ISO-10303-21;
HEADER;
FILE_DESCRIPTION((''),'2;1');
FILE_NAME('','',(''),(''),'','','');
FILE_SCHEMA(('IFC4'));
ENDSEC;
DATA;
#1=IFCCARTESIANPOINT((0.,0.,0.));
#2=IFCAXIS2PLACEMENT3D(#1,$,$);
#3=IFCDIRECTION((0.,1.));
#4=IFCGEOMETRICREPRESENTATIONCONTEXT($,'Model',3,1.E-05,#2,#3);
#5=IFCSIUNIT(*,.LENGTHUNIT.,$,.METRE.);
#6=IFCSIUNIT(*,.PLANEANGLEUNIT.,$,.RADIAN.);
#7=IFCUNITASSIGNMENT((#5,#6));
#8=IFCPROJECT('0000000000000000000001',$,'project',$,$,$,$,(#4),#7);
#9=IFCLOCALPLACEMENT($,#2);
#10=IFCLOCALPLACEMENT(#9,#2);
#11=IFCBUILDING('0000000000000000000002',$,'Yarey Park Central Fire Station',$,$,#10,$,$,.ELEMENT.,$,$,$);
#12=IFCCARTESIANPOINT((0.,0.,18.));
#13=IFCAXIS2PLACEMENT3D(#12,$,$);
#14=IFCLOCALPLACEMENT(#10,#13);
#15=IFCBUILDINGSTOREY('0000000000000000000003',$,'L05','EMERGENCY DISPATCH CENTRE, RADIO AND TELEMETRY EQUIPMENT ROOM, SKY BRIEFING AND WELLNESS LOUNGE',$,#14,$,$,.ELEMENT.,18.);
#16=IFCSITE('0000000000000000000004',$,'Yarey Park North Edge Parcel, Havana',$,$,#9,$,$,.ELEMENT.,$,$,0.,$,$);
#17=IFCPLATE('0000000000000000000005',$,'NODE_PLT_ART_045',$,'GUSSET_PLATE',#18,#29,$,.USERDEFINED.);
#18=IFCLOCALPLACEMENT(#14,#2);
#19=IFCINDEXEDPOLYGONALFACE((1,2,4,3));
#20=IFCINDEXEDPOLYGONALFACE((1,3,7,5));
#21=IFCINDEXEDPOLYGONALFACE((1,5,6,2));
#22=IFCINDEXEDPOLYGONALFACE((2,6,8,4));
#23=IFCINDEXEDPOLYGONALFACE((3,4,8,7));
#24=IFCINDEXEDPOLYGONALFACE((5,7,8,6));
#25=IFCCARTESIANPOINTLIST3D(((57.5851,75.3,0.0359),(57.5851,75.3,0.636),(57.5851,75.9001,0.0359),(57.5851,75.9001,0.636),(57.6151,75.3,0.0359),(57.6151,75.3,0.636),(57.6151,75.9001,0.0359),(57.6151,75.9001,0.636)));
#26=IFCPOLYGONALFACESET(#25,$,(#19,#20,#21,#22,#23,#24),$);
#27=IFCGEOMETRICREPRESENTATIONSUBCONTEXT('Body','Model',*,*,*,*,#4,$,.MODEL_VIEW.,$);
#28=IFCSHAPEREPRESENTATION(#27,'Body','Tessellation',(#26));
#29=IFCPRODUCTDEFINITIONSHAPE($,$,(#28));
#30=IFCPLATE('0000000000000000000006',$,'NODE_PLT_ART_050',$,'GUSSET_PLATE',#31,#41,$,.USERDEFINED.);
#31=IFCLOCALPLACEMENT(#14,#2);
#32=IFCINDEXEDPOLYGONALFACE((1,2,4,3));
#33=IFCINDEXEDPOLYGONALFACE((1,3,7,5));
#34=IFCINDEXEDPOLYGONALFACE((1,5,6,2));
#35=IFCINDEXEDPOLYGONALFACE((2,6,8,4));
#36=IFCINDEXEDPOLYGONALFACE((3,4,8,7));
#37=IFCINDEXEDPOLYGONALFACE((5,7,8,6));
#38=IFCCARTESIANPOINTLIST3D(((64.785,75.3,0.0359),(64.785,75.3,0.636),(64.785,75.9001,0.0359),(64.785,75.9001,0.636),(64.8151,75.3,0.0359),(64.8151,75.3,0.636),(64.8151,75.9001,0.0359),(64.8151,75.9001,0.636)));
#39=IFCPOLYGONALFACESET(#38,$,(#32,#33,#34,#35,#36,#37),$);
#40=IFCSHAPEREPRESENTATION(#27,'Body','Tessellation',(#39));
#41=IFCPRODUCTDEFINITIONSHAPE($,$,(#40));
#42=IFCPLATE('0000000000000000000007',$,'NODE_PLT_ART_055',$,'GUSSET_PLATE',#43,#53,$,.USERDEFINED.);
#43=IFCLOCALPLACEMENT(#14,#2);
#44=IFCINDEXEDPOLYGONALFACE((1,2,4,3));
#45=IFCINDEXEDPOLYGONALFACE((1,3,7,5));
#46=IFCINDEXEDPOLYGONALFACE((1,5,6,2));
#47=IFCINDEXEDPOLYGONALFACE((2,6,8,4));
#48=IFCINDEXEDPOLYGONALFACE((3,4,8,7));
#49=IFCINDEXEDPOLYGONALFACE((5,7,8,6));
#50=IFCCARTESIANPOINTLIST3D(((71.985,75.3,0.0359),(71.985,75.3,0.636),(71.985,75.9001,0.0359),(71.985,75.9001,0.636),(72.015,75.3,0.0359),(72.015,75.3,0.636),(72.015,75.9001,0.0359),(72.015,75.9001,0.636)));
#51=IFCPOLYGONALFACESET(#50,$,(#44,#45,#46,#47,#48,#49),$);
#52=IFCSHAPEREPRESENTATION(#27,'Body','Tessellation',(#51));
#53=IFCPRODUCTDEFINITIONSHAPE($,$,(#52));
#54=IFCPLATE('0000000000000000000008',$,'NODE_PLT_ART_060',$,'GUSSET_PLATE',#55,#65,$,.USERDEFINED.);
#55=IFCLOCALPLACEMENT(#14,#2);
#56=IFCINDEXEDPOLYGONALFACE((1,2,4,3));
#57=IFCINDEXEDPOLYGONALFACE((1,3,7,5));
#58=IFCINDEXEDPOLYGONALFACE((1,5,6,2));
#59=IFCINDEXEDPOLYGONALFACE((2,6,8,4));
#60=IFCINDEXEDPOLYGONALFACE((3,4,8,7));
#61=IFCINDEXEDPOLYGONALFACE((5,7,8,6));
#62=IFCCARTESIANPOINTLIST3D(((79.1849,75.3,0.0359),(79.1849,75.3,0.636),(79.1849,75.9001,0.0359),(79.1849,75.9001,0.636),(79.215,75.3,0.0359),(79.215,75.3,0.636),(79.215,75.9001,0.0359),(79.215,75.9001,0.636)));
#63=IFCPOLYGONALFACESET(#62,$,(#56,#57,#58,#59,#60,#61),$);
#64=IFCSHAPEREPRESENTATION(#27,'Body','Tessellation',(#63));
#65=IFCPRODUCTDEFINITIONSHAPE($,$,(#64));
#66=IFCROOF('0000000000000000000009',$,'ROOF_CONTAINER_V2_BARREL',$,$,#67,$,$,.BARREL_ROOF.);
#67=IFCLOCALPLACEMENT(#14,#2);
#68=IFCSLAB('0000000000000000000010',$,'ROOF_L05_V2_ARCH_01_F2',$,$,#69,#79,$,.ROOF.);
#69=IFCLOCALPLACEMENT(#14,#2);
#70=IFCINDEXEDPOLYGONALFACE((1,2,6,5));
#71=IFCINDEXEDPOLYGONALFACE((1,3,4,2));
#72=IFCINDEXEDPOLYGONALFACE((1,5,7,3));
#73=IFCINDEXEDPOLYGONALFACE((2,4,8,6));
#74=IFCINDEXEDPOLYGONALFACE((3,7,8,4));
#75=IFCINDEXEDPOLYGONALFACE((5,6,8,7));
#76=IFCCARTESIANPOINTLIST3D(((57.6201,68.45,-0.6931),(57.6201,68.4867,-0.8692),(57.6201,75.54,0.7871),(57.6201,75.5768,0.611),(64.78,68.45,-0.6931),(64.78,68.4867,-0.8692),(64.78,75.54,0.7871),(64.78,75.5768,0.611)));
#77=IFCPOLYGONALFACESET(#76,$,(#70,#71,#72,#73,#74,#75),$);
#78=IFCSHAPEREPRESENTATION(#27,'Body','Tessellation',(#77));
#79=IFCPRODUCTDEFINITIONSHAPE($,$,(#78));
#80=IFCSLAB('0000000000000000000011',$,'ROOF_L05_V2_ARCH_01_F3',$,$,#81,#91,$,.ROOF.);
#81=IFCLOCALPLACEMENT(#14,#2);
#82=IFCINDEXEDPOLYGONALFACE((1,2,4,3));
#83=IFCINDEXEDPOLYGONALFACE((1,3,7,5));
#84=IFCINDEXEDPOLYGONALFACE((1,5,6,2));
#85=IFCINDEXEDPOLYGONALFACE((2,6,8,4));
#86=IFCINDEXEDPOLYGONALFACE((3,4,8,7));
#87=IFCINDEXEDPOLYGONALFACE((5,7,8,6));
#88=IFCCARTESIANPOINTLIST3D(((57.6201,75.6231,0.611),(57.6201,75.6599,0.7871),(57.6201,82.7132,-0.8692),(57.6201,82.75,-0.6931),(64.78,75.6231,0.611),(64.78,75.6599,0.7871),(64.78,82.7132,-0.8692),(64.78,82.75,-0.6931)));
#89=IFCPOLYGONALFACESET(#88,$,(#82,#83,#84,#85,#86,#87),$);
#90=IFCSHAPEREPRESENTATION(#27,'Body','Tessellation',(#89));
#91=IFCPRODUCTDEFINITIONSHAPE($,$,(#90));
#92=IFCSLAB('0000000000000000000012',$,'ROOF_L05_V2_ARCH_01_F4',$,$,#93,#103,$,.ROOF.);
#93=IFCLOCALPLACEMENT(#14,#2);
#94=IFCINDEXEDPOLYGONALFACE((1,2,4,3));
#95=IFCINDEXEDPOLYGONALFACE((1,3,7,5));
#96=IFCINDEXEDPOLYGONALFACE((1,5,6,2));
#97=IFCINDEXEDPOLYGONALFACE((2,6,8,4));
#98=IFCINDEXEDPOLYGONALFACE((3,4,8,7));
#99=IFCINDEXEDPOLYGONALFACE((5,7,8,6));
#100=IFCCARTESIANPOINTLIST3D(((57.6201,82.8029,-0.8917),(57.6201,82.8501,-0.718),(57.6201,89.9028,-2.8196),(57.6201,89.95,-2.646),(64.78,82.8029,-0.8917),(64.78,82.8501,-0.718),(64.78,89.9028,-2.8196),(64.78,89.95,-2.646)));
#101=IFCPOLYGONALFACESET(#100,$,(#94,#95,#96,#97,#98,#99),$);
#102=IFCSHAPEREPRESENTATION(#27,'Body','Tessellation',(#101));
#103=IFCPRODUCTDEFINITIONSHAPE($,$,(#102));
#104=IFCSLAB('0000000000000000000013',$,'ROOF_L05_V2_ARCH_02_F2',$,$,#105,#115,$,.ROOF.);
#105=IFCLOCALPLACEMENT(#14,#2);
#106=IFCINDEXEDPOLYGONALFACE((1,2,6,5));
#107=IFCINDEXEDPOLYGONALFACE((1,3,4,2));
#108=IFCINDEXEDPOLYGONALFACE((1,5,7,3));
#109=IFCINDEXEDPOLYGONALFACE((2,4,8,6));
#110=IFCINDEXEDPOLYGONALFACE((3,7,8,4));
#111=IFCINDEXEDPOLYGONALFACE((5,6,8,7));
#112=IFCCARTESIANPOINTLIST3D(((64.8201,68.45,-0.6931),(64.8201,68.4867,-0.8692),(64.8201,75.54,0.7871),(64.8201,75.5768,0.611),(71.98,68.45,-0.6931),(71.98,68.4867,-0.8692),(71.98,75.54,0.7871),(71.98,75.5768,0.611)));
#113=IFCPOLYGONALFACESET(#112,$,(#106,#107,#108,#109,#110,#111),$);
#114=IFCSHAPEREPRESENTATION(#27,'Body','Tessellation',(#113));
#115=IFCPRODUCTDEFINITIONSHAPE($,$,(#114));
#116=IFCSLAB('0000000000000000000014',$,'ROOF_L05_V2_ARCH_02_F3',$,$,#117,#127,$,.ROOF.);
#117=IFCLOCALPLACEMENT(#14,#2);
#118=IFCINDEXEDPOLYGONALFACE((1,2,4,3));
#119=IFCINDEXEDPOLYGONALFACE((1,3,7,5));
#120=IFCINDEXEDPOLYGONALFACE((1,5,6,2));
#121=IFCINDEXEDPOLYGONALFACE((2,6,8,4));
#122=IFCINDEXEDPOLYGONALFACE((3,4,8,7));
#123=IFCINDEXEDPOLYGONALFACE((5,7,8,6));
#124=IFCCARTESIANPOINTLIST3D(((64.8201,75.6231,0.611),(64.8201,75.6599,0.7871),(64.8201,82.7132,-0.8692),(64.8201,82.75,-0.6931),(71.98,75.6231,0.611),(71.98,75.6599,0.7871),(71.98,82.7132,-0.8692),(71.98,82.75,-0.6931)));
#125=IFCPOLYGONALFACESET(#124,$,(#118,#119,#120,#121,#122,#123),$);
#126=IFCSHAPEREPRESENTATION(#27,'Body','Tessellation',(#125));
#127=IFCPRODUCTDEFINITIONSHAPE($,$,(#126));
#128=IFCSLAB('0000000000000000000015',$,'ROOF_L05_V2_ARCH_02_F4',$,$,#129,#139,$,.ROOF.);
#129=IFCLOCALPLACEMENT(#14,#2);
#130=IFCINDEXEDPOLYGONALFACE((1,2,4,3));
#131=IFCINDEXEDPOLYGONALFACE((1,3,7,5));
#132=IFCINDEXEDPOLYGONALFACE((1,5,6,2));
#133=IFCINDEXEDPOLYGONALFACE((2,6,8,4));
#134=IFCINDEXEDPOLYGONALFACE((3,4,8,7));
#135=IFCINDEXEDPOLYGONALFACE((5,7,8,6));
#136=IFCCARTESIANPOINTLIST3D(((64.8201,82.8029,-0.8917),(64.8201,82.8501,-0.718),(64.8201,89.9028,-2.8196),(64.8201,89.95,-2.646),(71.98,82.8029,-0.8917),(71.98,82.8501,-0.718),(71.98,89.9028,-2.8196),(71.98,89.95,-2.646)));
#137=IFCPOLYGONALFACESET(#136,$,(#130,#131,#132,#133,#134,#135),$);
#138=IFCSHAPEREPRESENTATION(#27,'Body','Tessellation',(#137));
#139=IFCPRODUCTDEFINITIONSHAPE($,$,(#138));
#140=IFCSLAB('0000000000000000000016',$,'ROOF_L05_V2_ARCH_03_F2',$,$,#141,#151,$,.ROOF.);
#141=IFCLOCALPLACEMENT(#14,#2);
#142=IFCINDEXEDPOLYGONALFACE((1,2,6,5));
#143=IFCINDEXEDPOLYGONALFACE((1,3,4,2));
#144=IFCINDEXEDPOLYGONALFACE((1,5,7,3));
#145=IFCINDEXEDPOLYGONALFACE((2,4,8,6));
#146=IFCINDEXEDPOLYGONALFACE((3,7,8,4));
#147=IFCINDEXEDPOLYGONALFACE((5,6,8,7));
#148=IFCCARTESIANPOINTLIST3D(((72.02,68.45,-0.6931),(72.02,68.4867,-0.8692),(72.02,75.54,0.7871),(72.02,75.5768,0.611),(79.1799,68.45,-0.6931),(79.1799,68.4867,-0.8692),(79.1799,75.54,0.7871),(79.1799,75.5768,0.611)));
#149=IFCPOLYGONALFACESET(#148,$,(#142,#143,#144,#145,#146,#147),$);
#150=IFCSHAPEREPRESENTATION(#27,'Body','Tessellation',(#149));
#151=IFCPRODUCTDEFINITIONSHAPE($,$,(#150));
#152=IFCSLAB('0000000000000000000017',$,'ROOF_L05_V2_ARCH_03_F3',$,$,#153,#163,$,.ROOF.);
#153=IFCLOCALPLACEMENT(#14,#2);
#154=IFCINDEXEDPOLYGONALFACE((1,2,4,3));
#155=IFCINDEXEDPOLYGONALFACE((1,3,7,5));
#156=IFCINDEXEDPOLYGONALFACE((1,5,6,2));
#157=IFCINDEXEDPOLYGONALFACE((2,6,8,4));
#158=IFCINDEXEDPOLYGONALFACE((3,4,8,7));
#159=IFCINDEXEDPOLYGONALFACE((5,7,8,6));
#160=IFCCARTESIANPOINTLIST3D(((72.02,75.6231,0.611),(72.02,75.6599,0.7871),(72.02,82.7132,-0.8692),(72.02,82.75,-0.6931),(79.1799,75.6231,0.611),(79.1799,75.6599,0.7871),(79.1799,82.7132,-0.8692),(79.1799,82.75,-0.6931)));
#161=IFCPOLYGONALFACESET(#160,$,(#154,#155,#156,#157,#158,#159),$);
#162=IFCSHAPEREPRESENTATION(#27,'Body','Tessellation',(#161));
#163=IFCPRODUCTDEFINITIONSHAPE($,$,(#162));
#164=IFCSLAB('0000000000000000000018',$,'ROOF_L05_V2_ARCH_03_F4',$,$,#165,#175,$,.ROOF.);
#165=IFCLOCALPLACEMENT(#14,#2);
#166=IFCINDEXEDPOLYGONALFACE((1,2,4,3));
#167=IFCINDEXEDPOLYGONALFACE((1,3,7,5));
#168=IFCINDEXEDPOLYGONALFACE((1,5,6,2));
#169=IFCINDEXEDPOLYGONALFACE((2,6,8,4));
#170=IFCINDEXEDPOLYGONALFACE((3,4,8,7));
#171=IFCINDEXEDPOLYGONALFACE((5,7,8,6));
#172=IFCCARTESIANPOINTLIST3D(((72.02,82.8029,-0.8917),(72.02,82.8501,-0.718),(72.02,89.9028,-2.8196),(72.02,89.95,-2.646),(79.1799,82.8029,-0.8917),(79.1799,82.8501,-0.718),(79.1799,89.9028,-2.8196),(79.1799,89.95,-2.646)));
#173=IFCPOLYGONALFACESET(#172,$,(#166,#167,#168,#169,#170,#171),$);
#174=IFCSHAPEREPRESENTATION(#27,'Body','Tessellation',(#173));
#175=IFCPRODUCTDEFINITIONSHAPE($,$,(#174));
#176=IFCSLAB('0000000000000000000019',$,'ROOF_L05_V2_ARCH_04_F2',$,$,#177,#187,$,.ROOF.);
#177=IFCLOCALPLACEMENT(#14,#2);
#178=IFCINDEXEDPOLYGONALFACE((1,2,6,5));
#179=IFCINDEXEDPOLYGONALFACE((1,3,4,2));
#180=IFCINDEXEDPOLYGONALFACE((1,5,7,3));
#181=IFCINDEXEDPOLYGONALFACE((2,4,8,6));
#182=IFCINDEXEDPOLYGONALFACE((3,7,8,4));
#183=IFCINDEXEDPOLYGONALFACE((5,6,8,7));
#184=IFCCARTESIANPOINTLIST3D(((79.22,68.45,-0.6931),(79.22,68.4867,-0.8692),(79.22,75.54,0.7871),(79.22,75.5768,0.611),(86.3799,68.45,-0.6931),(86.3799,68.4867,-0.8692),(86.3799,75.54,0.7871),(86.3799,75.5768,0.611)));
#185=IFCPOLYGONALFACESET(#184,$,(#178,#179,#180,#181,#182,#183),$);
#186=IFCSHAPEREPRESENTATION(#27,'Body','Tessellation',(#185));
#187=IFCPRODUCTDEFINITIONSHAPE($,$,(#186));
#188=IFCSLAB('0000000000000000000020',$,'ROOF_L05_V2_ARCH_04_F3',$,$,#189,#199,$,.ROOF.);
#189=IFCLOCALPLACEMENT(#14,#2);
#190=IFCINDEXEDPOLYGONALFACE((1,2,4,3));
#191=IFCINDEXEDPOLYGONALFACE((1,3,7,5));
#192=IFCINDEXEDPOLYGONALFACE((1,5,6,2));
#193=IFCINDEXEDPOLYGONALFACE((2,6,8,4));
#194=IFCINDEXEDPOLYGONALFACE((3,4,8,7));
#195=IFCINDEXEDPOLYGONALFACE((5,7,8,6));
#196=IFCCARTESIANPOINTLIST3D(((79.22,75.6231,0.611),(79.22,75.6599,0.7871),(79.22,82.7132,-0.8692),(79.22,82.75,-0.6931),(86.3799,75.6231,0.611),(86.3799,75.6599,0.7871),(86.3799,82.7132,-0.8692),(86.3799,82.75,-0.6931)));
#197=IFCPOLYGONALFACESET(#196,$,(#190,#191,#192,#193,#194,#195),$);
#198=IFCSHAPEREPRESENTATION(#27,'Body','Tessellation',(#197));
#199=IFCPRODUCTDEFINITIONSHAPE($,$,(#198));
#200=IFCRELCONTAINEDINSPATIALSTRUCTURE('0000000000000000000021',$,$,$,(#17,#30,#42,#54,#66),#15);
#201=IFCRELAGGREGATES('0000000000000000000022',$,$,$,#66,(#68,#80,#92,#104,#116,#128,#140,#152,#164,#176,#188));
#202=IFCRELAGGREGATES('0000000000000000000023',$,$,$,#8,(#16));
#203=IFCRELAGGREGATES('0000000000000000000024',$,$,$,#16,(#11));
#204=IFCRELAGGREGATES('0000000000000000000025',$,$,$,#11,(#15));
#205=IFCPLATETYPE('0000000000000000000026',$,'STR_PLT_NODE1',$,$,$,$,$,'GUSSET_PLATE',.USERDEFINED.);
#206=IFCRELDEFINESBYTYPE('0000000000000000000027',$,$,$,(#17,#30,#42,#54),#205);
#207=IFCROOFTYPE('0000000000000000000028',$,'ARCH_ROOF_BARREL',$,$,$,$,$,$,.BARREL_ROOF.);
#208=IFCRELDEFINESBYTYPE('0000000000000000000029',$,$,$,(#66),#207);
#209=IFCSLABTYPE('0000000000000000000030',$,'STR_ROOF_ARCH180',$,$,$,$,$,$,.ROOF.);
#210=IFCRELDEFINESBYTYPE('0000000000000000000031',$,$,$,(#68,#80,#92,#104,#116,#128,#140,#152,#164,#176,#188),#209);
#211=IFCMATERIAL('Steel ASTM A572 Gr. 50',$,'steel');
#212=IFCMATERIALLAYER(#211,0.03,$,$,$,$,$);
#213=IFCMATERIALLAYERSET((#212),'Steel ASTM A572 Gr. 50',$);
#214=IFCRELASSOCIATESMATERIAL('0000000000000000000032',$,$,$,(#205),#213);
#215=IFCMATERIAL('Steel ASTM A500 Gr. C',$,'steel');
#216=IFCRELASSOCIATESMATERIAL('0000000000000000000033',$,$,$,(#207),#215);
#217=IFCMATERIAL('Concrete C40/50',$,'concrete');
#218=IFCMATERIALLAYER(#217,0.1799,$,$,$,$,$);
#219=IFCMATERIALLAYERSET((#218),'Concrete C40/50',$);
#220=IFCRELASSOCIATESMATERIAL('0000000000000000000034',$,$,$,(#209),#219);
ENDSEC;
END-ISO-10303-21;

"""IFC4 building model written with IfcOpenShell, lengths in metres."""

from ifc_helpers import new_model, si_unit, direction, frame, origin, origin_2d, place, context, subcontext, project, spatial, polyline, rectangle, outline, extrude, material, layer, layer_set, type_object, element, aggregate, save


model = new_model("IFC4")

# Units and contexts
model_context = context("Model", 3, precision=1e-05, world=origin(), true_north=direction((0.0, 1.0)))
body_context = subcontext(model_context, "Body", "Model", "MODEL_VIEW")
ifc_project = project(units=[si_unit("LENGTHUNIT", "METRE"), si_unit("PLANEANGLEUNIT", "RADIAN")], contexts=[model_context])

# Site, building, storey
site_placement = place(None, origin())
site = spatial("IfcSite", under=ifc_project, at=site_placement, Name="Yarey Park North Edge Parcel, Havana", CompositionType="ELEMENT", RefElevation=0.0)
building_placement = place(site_placement, origin())
building = spatial("IfcBuilding", under=site, at=building_placement, Name="Yarey Park Central Fire Station", CompositionType="ELEMENT")
storey_placement = place(building_placement, frame((0.0, 0.0, 18.0)))
storey = spatial("IfcBuildingStorey", under=building, at=storey_placement, Name="L05", Description="EMERGENCY DISPATCH CENTRE, RADIO AND TELEMETRY EQUIPMENT ROOM, SKY BRIEFING AND WELLNESS LOUNGE", CompositionType="ELEMENT", Elevation=18.0)

# Shared definitions
ifc_material_1 = material(Name="Steel ASTM A500 Gr. C", Category="steel")

# Plates
ifc_material_2 = material(Name="Steel ASTM A572 Gr. 50", Category="steel")
ifc_layer_1 = layer(ifc_material_2, 0.03)
ifc_layer_set_1 = layer_set([ifc_layer_1], Name="Steel ASTM A572 Gr. 50")
plate_type = type_object("IfcPlateType", Name="STR_PLT_NODE1", ElementType="GUSSET_PLATE", PredefinedType="USERDEFINED", material=ifc_layer_set_1)
for number, where, z_axis, x_axis, name in (
    (1, (57.6001, 75.6001, 0.0359), (0.0, 0.0, 1.0), (1.0, 0.0, 0.0), "NODE_PLT_ART_045"),
    (2, (64.8, 75.6001, 0.0359), (0.0, 0.0, 1.0), (1.0, 0.0, 0.0), "NODE_PLT_ART_050"),
    (3, (72.0, 75.6001, 0.0359), (0.0, 0.0, 1.0), (1.0, 0.0, 0.0), "NODE_PLT_ART_055"),
    (4, (79.2, 75.6001, 0.0359), (0.0, 0.0, 1.0), (1.0, 0.0, 0.0), "NODE_PLT_ART_060"),
):
    element("IfcPlate", number, at=place(storey_placement, frame(where, z_axis=z_axis, x_axis=x_axis)), inside=storey, type_object=plate_type, Name=name, ObjectType="GUSSET_PLATE", PredefinedType="USERDEFINED", context=body_context, shape_type="SweptSolid", body=[
        extrude(rectangle(XDim=0.03, YDim=0.6001, at=origin_2d()), origin(), (0.0, 0.0, 1.0), 0.6001),
    ])

# Roof, slabs
roof_type = type_object("IfcRoofType", Name="ARCH_ROOF_BARREL", PredefinedType="BARREL_ROOF", material=ifc_material_1)
roof_placement = place(storey_placement, origin())
roof = element("IfcRoof", 5, at=roof_placement, inside=storey, type_object=roof_type, Name="ROOF_CONTAINER_V2_BARREL", PredefinedType="BARREL_ROOF")
ifc_material_3 = material(Name="Concrete C40/50", Category="concrete")
ifc_layer_2 = layer(ifc_material_3, 0.1799)
ifc_layer_set_2 = layer_set([ifc_layer_2], Name="Concrete C40/50")
slab_type = type_object("IfcSlabType", Name="STR_ROOF_ARCH180", PredefinedType="ROOF", material=ifc_layer_set_2)
slab_1_placement = place(storey_placement, frame((57.6201, 68.45, -0.6931), z_axis=(0.0, -0.204367, 0.978894), x_axis=(1.0, 0.0, 0.0)))
slab_1 = element("IfcSlab", 6, at=slab_1_placement, type_object=slab_type, Name="ROOF_L05_V2_ARCH_01_F2", PredefinedType="ROOF", context=body_context, shape_type="SweptSolid", body=[
    extrude(outline(polyline([(0.0, 0.0), (7.1599, 0.0), (7.1599, 7.243), (0.0, 7.243), (0.0, 0.0)])), origin(), (0.0, 0.0, -1.0), 0.1799),
])
slab_2_placement = place(storey_placement, frame((57.6201, 75.6599, 0.7871), z_axis=(0.0, 0.204367, 0.978894), x_axis=(1.0, 0.0, 0.0)))
slab_2 = element("IfcSlab", 7, at=slab_2_placement, type_object=slab_type, Name="ROOF_L05_V2_ARCH_01_F3", PredefinedType="ROOF", context=body_context, shape_type="SweptSolid", body=[
    extrude(outline(polyline([(0.0, 0.0), (7.1599, 0.0), (7.1599, 7.243), (0.0, 7.243), (0.0, 0.0)])), origin(), (0.0, 0.0, -1.0), 0.1799),
])
slab_3_placement = place(storey_placement, frame((57.6201, 82.8501, -0.718), z_axis=(0.0, 0.262061, 0.965051), x_axis=(1.0, 0.0, 0.0)))
slab_3 = element("IfcSlab", 8, at=slab_3_placement, type_object=slab_type, Name="ROOF_L05_V2_ARCH_01_F4", PredefinedType="ROOF", context=body_context, shape_type="SweptSolid", body=[
    extrude(outline(polyline([(0.0, 0.0), (7.1599, 0.0), (7.1599, 7.357), (0.0, 7.357), (0.0, 0.0)])), origin(), (0.0, 0.0, -1.0), 0.1799),
])
slab_4_placement = place(storey_placement, frame((64.8201, 68.45, -0.6931), z_axis=(0.0, -0.204367, 0.978894), x_axis=(1.0, 0.0, 0.0)))
slab_4 = element("IfcSlab", 9, at=slab_4_placement, type_object=slab_type, Name="ROOF_L05_V2_ARCH_02_F2", PredefinedType="ROOF", context=body_context, shape_type="SweptSolid", body=[
    extrude(outline(polyline([(0.0, 0.0), (7.1599, 0.0), (7.1599, 7.243), (0.0, 7.243), (0.0, 0.0)])), origin(), (0.0, 0.0, -1.0), 0.1799),
])
slab_5_placement = place(storey_placement, frame((64.8201, 75.6599, 0.7871), z_axis=(0.0, 0.204367, 0.978894), x_axis=(1.0, 0.0, 0.0)))
slab_5 = element("IfcSlab", 10, at=slab_5_placement, type_object=slab_type, Name="ROOF_L05_V2_ARCH_02_F3", PredefinedType="ROOF", context=body_context, shape_type="SweptSolid", body=[
    extrude(outline(polyline([(0.0, 0.0), (7.1599, 0.0), (7.1599, 7.243), (0.0, 7.243), (0.0, 0.0)])), origin(), (0.0, 0.0, -1.0), 0.1799),
])
slab_6_placement = place(storey_placement, frame((64.8201, 82.8501, -0.718), z_axis=(0.0, 0.262061, 0.965051), x_axis=(1.0, 0.0, 0.0)))
slab_6 = element("IfcSlab", 11, at=slab_6_placement, type_object=slab_type, Name="ROOF_L05_V2_ARCH_02_F4", PredefinedType="ROOF", context=body_context, shape_type="SweptSolid", body=[
    extrude(outline(polyline([(0.0, 0.0), (7.1599, 0.0), (7.1599, 7.357), (0.0, 7.357), (0.0, 0.0)])), origin(), (0.0, 0.0, -1.0), 0.1799),
])
slab_7_placement = place(storey_placement, frame((72.02, 68.45, -0.6931), z_axis=(0.0, -0.204367, 0.978894), x_axis=(1.0, 0.0, 0.0)))
slab_7 = element("IfcSlab", 12, at=slab_7_placement, type_object=slab_type, Name="ROOF_L05_V2_ARCH_03_F2", PredefinedType="ROOF", context=body_context, shape_type="SweptSolid", body=[
    extrude(outline(polyline([(0.0, 0.0), (7.1599, 0.0), (7.1599, 7.243), (0.0, 7.243), (0.0, 0.0)])), origin(), (0.0, 0.0, -1.0), 0.1799),
])
slab_8_placement = place(storey_placement, frame((72.02, 75.6599, 0.7871), z_axis=(0.0, 0.204367, 0.978894), x_axis=(1.0, 0.0, 0.0)))
slab_8 = element("IfcSlab", 13, at=slab_8_placement, type_object=slab_type, Name="ROOF_L05_V2_ARCH_03_F3", PredefinedType="ROOF", context=body_context, shape_type="SweptSolid", body=[
    extrude(outline(polyline([(0.0, 0.0), (7.1599, 0.0), (7.1599, 7.243), (0.0, 7.243), (0.0, 0.0)])), origin(), (0.0, 0.0, -1.0), 0.1799),
])
slab_9_placement = place(storey_placement, frame((72.02, 82.8501, -0.718), z_axis=(0.0, 0.262061, 0.965051), x_axis=(1.0, 0.0, 0.0)))
slab_9 = element("IfcSlab", 14, at=slab_9_placement, type_object=slab_type, Name="ROOF_L05_V2_ARCH_03_F4", PredefinedType="ROOF", context=body_context, shape_type="SweptSolid", body=[
    extrude(outline(polyline([(0.0, 0.0), (7.1599, 0.0), (7.1599, 7.357), (0.0, 7.357), (0.0, 0.0)])), origin(), (0.0, 0.0, -1.0), 0.1799),
])
slab_10_placement = place(storey_placement, frame((79.22, 68.45, -0.6931), z_axis=(0.0, -0.204367, 0.978894), x_axis=(1.0, 0.0, 0.0)))
slab_10 = element("IfcSlab", 15, at=slab_10_placement, type_object=slab_type, Name="ROOF_L05_V2_ARCH_04_F2", PredefinedType="ROOF", context=body_context, shape_type="SweptSolid", body=[
    extrude(outline(polyline([(0.0, 0.0), (7.1599, 0.0), (7.1599, 7.243), (0.0, 7.243), (0.0, 0.0)])), origin(), (0.0, 0.0, -1.0), 0.1799),
])
slab_11_placement = place(storey_placement, frame((79.22, 75.6599, 0.7871), z_axis=(0.0, 0.204367, 0.978894), x_axis=(1.0, 0.0, 0.0)))
slab_11 = element("IfcSlab", 16, at=slab_11_placement, type_object=slab_type, Name="ROOF_L05_V2_ARCH_04_F3", PredefinedType="ROOF", context=body_context, shape_type="SweptSolid", body=[
    extrude(outline(polyline([(0.0, 0.0), (7.1599, 0.0), (7.1599, 7.243), (0.0, 7.243), (0.0, 0.0)])), origin(), (0.0, 0.0, -1.0), 0.1799),
])
aggregate(roof, [slab_1, slab_2, slab_3, slab_4, slab_5, slab_6, slab_7, slab_8, slab_9, slab_10, slab_11])

save(model, "model.ifc")
